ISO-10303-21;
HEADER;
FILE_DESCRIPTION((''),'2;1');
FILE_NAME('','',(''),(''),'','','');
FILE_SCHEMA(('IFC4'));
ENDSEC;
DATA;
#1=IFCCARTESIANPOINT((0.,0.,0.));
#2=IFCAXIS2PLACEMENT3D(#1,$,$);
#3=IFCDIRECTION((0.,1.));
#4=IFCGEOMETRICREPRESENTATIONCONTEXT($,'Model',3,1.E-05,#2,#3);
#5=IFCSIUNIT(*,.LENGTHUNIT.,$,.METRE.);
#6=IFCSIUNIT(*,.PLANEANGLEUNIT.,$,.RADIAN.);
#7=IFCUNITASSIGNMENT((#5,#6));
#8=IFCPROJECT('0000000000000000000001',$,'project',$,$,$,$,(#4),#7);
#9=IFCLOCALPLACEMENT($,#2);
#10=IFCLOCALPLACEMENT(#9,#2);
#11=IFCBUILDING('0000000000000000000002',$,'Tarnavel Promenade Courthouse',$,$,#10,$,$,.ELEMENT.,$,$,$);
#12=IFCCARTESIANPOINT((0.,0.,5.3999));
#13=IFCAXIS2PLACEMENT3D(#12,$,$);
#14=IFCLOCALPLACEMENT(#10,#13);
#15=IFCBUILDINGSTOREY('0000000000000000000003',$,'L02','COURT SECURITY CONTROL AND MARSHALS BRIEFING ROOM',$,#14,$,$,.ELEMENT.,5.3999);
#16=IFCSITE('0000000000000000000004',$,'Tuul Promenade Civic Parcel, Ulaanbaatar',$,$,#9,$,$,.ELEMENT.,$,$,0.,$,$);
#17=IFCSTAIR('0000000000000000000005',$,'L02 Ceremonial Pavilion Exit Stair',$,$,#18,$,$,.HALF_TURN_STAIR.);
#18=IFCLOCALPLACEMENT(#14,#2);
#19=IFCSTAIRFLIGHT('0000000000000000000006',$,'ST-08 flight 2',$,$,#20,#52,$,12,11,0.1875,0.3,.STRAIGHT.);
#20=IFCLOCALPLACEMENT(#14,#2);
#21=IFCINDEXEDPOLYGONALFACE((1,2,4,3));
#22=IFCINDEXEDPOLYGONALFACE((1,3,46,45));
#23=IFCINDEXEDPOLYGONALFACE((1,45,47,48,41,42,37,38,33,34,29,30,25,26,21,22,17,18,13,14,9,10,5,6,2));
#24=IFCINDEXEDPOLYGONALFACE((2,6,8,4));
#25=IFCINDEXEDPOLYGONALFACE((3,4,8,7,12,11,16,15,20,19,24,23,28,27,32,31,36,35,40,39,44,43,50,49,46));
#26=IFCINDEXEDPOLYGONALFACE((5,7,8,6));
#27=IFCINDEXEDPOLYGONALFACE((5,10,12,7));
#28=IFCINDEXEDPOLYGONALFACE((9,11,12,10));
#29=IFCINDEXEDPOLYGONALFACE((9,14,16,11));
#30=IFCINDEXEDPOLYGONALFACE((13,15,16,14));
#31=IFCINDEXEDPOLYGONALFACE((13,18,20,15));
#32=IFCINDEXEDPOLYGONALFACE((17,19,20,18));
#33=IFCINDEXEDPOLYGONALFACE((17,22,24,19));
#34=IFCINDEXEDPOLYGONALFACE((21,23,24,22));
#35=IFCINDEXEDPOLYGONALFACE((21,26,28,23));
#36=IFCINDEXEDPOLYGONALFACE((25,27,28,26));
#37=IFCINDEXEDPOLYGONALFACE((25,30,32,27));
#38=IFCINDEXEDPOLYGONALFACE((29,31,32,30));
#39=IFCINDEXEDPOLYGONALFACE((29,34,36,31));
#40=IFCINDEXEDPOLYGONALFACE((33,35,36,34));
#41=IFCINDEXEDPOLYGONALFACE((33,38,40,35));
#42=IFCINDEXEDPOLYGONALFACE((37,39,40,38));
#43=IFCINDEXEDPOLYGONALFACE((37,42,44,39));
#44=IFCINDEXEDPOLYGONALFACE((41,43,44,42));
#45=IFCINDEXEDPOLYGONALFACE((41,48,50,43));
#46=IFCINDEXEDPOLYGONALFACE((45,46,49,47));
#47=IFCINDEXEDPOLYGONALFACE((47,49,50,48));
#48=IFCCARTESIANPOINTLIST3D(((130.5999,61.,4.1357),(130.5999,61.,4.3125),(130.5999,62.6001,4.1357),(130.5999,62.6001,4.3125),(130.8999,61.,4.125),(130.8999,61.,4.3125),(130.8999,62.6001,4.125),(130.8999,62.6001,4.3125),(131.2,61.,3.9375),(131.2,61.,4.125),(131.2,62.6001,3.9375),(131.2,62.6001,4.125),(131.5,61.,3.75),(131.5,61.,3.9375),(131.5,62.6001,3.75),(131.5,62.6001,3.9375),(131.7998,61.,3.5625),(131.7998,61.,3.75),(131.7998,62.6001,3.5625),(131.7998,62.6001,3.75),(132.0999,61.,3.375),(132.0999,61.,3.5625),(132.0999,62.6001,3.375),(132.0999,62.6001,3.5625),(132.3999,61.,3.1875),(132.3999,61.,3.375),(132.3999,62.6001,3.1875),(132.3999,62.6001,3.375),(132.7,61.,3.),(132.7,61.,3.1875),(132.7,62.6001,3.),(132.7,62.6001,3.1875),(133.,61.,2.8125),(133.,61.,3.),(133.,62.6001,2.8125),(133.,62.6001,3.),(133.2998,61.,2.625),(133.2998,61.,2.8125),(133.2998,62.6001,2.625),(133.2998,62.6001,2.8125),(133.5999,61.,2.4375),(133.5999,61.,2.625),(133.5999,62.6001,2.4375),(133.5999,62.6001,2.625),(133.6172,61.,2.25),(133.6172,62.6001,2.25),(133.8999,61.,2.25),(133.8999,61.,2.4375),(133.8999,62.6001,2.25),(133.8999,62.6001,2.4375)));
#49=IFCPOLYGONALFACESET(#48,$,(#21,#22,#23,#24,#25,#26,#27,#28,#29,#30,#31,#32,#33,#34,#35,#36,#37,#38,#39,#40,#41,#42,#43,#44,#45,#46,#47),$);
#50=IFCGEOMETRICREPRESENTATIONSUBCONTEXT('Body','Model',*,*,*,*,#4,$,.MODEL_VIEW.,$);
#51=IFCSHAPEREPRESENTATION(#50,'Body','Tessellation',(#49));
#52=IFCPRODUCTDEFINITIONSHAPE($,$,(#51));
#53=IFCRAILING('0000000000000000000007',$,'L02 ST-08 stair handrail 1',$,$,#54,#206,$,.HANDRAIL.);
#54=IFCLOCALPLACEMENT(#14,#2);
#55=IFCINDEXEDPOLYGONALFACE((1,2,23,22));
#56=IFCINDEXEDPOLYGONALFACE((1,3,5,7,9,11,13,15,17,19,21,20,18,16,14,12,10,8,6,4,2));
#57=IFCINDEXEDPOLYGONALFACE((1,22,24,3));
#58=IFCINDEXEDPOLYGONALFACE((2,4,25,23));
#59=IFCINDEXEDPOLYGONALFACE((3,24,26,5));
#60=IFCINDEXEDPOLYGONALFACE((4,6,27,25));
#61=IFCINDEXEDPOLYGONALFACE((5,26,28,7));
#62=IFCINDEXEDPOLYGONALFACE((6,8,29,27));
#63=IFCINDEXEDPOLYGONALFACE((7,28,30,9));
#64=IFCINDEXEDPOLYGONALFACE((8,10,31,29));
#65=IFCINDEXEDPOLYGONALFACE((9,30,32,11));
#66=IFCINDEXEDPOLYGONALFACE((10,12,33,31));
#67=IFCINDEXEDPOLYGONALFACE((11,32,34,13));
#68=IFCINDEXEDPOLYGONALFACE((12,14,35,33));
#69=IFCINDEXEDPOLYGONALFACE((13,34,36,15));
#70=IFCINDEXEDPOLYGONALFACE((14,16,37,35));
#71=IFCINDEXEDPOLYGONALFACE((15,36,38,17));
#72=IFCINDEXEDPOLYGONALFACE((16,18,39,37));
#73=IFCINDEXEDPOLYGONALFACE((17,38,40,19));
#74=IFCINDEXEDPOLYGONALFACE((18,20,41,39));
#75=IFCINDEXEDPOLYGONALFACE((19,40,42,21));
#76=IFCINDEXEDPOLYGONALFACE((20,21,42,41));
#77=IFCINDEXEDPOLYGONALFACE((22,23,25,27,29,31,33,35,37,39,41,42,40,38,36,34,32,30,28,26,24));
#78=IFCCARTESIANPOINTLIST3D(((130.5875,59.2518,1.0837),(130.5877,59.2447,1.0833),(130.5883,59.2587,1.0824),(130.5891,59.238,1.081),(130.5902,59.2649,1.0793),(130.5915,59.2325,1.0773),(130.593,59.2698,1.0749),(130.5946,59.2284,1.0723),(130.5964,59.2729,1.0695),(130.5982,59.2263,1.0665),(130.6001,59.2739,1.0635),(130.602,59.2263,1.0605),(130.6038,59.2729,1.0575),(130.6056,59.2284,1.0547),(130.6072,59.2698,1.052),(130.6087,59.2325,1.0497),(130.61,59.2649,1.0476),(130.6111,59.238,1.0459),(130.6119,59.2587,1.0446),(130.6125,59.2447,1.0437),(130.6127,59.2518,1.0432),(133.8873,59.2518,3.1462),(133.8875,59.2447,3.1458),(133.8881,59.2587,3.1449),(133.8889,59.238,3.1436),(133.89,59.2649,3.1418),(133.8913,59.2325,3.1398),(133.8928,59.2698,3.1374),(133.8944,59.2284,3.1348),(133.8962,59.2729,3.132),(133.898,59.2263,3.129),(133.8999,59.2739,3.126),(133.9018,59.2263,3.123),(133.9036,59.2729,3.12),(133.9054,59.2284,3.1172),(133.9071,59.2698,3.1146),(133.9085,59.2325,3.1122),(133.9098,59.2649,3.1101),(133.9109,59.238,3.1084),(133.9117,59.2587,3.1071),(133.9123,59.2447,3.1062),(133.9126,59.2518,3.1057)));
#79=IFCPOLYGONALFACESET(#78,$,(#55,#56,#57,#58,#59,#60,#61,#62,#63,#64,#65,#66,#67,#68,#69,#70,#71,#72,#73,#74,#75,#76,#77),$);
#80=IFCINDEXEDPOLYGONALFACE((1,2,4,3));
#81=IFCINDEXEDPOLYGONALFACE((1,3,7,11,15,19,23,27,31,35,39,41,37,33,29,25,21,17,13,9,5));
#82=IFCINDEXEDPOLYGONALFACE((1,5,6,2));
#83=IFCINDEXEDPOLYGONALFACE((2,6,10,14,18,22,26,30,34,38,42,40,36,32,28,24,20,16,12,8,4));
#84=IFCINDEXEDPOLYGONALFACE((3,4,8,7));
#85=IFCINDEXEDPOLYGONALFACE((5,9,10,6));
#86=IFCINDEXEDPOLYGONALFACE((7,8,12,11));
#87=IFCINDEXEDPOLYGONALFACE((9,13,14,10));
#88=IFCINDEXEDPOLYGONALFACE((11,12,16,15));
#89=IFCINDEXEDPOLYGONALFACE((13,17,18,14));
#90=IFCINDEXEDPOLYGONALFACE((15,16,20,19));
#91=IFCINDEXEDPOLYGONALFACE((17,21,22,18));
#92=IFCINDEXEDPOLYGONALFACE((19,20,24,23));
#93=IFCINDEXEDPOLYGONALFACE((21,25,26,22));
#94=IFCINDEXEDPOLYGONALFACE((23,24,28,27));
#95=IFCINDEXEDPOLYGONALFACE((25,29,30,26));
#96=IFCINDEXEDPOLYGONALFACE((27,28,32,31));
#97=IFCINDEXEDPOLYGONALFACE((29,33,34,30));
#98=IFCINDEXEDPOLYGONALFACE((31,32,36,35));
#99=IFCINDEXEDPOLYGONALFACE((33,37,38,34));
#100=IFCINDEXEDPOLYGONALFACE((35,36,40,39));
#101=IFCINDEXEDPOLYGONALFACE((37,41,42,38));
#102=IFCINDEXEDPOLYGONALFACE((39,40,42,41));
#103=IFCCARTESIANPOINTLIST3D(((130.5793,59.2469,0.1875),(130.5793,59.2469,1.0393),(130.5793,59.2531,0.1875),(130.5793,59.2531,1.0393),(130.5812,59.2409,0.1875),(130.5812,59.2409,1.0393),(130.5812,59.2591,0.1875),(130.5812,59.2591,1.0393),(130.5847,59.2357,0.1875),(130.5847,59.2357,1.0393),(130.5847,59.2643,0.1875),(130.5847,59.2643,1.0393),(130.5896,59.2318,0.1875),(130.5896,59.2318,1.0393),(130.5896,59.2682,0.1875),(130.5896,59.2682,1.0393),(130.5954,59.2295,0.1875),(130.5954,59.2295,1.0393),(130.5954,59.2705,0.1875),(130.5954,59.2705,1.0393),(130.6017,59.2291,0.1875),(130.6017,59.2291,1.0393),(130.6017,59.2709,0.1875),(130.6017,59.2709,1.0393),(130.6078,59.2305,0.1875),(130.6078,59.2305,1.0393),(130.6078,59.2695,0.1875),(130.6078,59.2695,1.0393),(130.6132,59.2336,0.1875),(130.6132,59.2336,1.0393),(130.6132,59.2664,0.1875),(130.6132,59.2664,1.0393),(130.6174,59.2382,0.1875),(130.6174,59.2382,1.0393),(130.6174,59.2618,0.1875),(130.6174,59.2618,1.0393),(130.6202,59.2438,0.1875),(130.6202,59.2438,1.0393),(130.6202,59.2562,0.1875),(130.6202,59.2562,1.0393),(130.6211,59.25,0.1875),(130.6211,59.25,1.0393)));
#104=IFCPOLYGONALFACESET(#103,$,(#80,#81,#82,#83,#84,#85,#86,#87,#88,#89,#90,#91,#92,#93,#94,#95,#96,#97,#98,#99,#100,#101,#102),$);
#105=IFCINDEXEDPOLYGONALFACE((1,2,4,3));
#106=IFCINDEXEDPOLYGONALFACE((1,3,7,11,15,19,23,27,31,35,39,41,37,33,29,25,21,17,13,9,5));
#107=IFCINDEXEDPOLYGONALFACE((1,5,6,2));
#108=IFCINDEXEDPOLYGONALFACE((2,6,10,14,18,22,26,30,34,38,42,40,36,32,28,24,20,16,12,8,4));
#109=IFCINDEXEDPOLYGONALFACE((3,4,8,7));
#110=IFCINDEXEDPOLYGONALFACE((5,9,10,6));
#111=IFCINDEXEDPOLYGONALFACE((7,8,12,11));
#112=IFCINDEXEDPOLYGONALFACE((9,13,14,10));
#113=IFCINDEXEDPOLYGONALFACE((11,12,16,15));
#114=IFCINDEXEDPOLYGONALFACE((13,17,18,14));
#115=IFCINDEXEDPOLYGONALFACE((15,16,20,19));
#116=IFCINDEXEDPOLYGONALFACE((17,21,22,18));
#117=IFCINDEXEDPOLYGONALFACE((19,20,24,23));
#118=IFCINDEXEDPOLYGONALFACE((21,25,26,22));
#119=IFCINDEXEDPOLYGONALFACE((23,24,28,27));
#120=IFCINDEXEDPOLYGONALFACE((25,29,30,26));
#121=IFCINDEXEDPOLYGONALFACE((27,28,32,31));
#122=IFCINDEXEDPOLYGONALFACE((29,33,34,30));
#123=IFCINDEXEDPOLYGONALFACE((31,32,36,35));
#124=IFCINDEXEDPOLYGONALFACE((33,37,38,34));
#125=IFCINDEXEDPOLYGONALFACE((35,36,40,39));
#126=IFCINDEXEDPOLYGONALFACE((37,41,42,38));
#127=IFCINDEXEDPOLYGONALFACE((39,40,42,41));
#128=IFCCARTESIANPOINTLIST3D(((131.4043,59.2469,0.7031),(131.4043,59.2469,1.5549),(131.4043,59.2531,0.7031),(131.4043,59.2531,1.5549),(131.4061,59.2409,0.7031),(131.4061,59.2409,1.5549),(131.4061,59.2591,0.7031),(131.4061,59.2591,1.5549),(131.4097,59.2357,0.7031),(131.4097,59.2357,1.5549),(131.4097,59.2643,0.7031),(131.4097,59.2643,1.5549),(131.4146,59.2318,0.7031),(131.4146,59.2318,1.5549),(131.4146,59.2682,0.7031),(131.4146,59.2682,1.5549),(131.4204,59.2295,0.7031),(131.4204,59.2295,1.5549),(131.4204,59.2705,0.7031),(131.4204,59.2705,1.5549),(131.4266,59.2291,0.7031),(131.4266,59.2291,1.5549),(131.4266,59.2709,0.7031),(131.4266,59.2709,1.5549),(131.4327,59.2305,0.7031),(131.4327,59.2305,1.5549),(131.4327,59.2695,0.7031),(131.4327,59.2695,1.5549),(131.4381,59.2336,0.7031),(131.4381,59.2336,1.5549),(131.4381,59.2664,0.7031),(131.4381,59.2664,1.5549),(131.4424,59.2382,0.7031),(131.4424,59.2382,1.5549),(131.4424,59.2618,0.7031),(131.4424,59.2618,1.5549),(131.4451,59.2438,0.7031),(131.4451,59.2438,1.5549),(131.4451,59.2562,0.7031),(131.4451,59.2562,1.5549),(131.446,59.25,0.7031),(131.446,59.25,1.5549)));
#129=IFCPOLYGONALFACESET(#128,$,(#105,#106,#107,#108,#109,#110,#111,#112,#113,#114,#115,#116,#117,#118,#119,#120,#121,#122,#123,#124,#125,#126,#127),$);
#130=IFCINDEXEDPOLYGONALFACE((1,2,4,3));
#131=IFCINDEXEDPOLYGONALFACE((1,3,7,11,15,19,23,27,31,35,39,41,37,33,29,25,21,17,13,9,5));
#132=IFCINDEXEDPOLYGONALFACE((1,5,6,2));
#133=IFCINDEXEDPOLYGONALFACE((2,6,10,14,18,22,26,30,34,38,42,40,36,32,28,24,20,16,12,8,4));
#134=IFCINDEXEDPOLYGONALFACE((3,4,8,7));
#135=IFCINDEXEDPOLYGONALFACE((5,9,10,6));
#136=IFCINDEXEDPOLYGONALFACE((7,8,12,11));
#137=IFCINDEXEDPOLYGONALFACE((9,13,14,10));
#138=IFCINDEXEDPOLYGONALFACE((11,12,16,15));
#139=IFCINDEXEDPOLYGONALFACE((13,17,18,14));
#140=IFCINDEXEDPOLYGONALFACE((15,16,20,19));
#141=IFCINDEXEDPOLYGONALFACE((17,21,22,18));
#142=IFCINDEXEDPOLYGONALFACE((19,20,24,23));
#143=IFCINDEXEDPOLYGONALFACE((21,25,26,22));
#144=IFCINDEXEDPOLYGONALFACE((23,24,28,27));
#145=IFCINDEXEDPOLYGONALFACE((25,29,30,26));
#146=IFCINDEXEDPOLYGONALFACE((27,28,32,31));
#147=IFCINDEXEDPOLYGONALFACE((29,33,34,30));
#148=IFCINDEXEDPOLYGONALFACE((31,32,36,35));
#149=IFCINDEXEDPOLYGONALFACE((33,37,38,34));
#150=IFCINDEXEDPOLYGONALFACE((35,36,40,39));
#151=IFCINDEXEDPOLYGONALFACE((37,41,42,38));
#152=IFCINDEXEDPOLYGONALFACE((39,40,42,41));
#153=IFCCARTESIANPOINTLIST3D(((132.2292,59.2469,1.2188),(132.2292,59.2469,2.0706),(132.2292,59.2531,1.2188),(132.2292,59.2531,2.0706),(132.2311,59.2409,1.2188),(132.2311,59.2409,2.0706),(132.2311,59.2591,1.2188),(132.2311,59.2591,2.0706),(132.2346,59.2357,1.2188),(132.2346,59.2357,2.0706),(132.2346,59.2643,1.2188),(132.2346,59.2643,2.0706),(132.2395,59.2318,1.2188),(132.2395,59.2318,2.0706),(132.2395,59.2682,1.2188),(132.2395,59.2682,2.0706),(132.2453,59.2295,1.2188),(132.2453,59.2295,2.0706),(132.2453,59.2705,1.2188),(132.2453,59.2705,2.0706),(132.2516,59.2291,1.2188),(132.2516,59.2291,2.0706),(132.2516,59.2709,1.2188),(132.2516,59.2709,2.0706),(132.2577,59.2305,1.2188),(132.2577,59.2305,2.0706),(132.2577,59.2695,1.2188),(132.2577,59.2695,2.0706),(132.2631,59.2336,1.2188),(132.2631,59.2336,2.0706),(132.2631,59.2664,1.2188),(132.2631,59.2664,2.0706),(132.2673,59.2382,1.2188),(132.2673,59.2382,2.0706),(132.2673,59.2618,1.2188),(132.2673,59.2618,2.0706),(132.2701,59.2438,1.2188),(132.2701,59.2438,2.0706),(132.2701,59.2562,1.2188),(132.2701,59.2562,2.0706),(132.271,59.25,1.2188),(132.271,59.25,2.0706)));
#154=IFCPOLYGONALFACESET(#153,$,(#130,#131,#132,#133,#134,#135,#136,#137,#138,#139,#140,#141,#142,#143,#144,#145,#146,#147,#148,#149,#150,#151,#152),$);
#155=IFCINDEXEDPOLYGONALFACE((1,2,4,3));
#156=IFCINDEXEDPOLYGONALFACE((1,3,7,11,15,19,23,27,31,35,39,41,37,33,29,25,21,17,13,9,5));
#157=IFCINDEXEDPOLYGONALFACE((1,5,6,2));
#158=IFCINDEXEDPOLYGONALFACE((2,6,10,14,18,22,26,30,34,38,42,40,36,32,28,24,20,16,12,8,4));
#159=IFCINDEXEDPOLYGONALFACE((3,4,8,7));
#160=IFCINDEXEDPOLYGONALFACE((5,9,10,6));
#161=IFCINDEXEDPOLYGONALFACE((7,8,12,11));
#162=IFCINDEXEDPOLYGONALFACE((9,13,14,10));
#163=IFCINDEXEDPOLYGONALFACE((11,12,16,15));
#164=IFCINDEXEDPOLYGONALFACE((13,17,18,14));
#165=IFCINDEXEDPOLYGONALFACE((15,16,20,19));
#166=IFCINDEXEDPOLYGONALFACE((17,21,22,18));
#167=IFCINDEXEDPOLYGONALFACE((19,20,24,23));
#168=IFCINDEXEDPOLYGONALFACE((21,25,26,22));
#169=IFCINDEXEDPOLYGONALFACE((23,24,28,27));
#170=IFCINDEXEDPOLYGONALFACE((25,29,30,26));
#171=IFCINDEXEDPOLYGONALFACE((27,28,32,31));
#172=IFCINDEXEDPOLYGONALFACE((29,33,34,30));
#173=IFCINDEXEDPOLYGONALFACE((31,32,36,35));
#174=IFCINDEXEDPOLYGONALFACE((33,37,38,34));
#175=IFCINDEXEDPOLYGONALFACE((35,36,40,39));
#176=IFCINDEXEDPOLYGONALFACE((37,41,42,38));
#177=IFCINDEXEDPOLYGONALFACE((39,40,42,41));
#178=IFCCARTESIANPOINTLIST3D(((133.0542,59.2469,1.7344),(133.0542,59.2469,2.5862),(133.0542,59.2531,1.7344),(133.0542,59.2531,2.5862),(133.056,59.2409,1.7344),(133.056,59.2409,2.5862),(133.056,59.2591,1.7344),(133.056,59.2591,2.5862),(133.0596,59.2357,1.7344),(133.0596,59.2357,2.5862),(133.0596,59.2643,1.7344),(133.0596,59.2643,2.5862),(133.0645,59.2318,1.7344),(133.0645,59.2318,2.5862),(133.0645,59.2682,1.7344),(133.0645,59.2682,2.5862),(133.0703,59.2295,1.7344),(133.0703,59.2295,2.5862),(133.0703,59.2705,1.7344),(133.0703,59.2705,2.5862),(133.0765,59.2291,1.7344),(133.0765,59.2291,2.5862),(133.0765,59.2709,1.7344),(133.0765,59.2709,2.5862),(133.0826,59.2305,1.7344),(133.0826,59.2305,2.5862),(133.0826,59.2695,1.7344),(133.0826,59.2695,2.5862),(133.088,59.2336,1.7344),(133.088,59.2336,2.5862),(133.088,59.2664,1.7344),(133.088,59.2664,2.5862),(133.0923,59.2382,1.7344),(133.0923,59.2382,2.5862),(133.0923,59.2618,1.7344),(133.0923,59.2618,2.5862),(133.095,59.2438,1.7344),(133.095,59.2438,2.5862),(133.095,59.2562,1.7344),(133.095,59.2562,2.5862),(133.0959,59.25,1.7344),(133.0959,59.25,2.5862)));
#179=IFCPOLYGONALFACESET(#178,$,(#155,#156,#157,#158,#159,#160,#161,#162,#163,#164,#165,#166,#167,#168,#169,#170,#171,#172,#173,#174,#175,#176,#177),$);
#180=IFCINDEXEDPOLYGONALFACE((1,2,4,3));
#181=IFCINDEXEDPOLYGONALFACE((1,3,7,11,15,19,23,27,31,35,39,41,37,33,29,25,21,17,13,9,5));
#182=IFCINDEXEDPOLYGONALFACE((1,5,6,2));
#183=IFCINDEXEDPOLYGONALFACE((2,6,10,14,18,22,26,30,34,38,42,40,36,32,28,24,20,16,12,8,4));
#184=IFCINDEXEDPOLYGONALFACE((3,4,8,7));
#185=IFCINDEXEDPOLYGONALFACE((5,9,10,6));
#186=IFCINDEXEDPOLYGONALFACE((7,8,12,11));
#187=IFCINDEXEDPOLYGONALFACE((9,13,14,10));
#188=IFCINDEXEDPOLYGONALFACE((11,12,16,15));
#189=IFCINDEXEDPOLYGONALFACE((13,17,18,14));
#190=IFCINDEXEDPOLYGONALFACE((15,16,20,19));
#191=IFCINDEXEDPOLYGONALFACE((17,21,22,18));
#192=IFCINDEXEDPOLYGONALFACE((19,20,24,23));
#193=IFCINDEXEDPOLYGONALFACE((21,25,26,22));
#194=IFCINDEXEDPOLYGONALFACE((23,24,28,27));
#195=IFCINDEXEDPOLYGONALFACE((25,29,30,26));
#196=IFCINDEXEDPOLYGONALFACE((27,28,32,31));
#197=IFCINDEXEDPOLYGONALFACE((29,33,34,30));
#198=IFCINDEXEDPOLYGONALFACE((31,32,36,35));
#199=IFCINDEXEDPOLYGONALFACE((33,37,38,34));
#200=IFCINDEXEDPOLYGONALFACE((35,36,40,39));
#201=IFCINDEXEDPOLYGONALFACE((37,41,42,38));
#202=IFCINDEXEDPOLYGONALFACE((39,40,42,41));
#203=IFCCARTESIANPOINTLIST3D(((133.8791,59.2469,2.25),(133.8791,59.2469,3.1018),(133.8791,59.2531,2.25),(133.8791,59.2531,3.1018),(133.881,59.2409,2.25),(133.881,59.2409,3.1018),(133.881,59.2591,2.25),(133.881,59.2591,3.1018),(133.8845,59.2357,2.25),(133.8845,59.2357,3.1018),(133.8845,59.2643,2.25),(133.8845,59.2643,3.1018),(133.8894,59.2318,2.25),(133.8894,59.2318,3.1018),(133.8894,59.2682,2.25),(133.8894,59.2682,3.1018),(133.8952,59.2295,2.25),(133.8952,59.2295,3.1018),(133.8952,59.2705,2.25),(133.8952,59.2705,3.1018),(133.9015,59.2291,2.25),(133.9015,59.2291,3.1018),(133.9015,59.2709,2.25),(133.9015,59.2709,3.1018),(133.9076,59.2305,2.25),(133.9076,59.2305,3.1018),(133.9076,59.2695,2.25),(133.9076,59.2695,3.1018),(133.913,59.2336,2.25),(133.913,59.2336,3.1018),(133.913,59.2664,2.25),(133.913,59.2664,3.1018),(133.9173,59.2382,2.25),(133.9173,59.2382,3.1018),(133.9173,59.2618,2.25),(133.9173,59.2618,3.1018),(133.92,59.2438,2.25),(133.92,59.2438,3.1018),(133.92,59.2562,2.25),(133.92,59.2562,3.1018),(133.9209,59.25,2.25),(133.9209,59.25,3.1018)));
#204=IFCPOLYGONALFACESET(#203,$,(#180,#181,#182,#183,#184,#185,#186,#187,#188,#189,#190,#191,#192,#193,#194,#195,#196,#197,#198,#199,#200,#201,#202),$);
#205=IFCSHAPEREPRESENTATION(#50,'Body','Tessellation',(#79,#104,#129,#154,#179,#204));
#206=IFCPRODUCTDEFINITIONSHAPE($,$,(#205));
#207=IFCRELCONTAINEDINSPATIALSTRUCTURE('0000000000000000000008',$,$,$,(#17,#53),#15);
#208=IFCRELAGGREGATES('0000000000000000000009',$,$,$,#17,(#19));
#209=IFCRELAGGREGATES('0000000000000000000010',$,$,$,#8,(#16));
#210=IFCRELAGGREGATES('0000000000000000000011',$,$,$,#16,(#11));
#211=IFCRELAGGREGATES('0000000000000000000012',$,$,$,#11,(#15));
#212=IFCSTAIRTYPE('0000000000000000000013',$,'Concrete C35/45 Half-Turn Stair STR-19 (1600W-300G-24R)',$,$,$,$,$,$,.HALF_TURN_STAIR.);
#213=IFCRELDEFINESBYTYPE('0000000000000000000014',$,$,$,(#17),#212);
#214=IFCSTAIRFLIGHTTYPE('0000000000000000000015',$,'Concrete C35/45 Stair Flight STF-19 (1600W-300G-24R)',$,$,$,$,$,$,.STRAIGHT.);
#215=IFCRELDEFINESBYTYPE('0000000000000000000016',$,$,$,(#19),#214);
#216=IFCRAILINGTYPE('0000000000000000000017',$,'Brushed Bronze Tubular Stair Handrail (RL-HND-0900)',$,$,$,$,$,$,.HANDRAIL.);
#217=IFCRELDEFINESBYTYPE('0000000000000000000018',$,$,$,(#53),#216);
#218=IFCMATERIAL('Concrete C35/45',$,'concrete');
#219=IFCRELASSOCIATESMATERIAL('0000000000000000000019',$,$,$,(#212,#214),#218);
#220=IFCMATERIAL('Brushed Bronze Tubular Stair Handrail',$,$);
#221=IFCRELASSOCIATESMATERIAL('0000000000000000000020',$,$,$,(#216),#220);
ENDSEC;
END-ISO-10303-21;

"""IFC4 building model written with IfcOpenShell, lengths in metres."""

from ifc_helpers import new_model, si_unit, direction, frame, origin, origin_2d, place, context, subcontext, project, spatial, polyline, circle, outline, extrude, material, type_object, element, aggregate, save


model = new_model("IFC4")

# Units and contexts
model_context = context("Model", 3, precision=1e-05, world=origin(), true_north=direction((0.0, 1.0)))
body_context = subcontext(model_context, "Body", "Model", "MODEL_VIEW")
ifc_project = project(units=[si_unit("LENGTHUNIT", "METRE"), si_unit("PLANEANGLEUNIT", "RADIAN")], contexts=[model_context])

# Site, building, storey
site_placement = place(None, origin())
site = spatial("IfcSite", under=ifc_project, at=site_placement, Name="Tuul Promenade Civic Parcel, Ulaanbaatar", CompositionType="ELEMENT", RefElevation=0.0)
building_placement = place(site_placement, origin())
building = spatial("IfcBuilding", under=site, at=building_placement, Name="Tarnavel Promenade Courthouse", CompositionType="ELEMENT")
storey_placement = place(building_placement, frame((0.0, 0.0, 5.3999)))
storey = spatial("IfcBuildingStorey", under=building, at=storey_placement, Name="L02", Description="COURT SECURITY CONTROL AND MARSHALS BRIEFING ROOM", CompositionType="ELEMENT", Elevation=5.3999)

# Stair, stair flight
ifc_material_1 = material(Name="Concrete C35/45", Category="concrete")
stair_type = type_object("IfcStairType", Name="Concrete C35/45 Half-Turn Stair STR-19 (1600W-300G-24R)", PredefinedType="HALF_TURN_STAIR", material=ifc_material_1)
stair_placement = place(storey_placement, origin())
stair = element("IfcStair", 1, at=stair_placement, inside=storey, type_object=stair_type, Name="L02 Ceremonial Pavilion Exit Stair", PredefinedType="HALF_TURN_STAIR")
stair_flight_type = type_object("IfcStairFlightType", Name="Concrete C35/45 Stair Flight STF-19 (1600W-300G-24R)", PredefinedType="STRAIGHT", material=ifc_material_1)
stair_flight_1_placement = place(storey_placement, frame((133.8999, 61.8, 2.25), z_axis=(0.0, 0.0, 1.0), x_axis=(-1.0, 0.0, 0.0)))
stair_flight_1 = element("IfcStairFlight", 2, at=stair_flight_1_placement, type_object=stair_flight_type, Name="ST-08 flight 2", NumberOfRisers=12, NumberOfTreads=11, PredefinedType="STRAIGHT", RiserHeight=0.1875, TreadLength=0.3, context=body_context, shape_type="SweptSolid", body=[
    extrude(outline(polyline([(0.0, 0.0), (0.0, 0.1875), (0.3, 0.1875), (0.3, 0.375), (0.6001, 0.375), (0.6001, 0.5625), (0.8999, 0.5625), (0.8999, 0.75), (1.2, 0.75), (1.2, 0.9375), (1.5, 0.9375), (1.5, 1.125), (1.8, 1.125), (1.8, 1.3125), (2.1001, 1.3125), (2.1001, 1.5), (2.3999, 1.5), (2.3999, 1.6875), (2.7, 1.6875), (2.7, 1.875), (3.0, 1.875), (3.0, 2.0625), (3.3, 2.0625), (3.3, 2.25), (3.3, 1.8857), (0.2827, 0.0), (0.0, 0.0)])), frame((0.0, 0.8, 0.0), z_axis=(0.0, -1.0, 0.0), x_axis=(1.0, 0.0, 0.0)), (0.0, 0.0, 1.0), 1.6001),
])
aggregate(stair, [stair_flight_1])

# Railing
ifc_material_2 = material(Name="Brushed Bronze Tubular Stair Handrail")
railing_type_1 = type_object("IfcRailingType", Name="Brushed Bronze Tubular Stair Handrail (RL-HND-0900)", PredefinedType="HANDRAIL", material=ifc_material_2)
railing_1_placement = place(storey_placement, frame((130.6001, 59.25, 0.1875)))
element("IfcRailing", 3, at=railing_1_placement, inside=storey, type_object=railing_type_1, Name="L02 ST-08 stair handrail 1", PredefinedType="HANDRAIL", context=body_context, shape_type="SweptSolid", body=[
    extrude(circle(Radius=0.0239, at=origin_2d()), frame((0.0, 0.0, 0.876), z_axis=(0.847984, 0.0, 0.530021), x_axis=(0.0, 1.0, 0.0)), (0.0, 0.0, 1.0), 3.8914),
    extrude(circle(Radius=0.021, at=origin_2d()), origin(), (0.0, 0.0, 1.0), 0.8518),
    extrude(circle(Radius=0.021, at=origin_2d()), frame((0.825, 0.0, 0.5156)), (0.0, 0.0, 1.0), 0.8518),
    extrude(circle(Radius=0.021, at=origin_2d()), frame((1.6499, 0.0, 1.0312)), (0.0, 0.0, 1.0), 0.8518),
    extrude(circle(Radius=0.021, at=origin_2d()), frame((2.4749, 0.0, 1.5469)), (0.0, 0.0, 1.0), 0.8518),
    extrude(circle(Radius=0.021, at=origin_2d()), frame((3.2998, 0.0, 2.0625)), (0.0, 0.0, 1.0), 0.8518),
])

save(model, "model.ifc")
